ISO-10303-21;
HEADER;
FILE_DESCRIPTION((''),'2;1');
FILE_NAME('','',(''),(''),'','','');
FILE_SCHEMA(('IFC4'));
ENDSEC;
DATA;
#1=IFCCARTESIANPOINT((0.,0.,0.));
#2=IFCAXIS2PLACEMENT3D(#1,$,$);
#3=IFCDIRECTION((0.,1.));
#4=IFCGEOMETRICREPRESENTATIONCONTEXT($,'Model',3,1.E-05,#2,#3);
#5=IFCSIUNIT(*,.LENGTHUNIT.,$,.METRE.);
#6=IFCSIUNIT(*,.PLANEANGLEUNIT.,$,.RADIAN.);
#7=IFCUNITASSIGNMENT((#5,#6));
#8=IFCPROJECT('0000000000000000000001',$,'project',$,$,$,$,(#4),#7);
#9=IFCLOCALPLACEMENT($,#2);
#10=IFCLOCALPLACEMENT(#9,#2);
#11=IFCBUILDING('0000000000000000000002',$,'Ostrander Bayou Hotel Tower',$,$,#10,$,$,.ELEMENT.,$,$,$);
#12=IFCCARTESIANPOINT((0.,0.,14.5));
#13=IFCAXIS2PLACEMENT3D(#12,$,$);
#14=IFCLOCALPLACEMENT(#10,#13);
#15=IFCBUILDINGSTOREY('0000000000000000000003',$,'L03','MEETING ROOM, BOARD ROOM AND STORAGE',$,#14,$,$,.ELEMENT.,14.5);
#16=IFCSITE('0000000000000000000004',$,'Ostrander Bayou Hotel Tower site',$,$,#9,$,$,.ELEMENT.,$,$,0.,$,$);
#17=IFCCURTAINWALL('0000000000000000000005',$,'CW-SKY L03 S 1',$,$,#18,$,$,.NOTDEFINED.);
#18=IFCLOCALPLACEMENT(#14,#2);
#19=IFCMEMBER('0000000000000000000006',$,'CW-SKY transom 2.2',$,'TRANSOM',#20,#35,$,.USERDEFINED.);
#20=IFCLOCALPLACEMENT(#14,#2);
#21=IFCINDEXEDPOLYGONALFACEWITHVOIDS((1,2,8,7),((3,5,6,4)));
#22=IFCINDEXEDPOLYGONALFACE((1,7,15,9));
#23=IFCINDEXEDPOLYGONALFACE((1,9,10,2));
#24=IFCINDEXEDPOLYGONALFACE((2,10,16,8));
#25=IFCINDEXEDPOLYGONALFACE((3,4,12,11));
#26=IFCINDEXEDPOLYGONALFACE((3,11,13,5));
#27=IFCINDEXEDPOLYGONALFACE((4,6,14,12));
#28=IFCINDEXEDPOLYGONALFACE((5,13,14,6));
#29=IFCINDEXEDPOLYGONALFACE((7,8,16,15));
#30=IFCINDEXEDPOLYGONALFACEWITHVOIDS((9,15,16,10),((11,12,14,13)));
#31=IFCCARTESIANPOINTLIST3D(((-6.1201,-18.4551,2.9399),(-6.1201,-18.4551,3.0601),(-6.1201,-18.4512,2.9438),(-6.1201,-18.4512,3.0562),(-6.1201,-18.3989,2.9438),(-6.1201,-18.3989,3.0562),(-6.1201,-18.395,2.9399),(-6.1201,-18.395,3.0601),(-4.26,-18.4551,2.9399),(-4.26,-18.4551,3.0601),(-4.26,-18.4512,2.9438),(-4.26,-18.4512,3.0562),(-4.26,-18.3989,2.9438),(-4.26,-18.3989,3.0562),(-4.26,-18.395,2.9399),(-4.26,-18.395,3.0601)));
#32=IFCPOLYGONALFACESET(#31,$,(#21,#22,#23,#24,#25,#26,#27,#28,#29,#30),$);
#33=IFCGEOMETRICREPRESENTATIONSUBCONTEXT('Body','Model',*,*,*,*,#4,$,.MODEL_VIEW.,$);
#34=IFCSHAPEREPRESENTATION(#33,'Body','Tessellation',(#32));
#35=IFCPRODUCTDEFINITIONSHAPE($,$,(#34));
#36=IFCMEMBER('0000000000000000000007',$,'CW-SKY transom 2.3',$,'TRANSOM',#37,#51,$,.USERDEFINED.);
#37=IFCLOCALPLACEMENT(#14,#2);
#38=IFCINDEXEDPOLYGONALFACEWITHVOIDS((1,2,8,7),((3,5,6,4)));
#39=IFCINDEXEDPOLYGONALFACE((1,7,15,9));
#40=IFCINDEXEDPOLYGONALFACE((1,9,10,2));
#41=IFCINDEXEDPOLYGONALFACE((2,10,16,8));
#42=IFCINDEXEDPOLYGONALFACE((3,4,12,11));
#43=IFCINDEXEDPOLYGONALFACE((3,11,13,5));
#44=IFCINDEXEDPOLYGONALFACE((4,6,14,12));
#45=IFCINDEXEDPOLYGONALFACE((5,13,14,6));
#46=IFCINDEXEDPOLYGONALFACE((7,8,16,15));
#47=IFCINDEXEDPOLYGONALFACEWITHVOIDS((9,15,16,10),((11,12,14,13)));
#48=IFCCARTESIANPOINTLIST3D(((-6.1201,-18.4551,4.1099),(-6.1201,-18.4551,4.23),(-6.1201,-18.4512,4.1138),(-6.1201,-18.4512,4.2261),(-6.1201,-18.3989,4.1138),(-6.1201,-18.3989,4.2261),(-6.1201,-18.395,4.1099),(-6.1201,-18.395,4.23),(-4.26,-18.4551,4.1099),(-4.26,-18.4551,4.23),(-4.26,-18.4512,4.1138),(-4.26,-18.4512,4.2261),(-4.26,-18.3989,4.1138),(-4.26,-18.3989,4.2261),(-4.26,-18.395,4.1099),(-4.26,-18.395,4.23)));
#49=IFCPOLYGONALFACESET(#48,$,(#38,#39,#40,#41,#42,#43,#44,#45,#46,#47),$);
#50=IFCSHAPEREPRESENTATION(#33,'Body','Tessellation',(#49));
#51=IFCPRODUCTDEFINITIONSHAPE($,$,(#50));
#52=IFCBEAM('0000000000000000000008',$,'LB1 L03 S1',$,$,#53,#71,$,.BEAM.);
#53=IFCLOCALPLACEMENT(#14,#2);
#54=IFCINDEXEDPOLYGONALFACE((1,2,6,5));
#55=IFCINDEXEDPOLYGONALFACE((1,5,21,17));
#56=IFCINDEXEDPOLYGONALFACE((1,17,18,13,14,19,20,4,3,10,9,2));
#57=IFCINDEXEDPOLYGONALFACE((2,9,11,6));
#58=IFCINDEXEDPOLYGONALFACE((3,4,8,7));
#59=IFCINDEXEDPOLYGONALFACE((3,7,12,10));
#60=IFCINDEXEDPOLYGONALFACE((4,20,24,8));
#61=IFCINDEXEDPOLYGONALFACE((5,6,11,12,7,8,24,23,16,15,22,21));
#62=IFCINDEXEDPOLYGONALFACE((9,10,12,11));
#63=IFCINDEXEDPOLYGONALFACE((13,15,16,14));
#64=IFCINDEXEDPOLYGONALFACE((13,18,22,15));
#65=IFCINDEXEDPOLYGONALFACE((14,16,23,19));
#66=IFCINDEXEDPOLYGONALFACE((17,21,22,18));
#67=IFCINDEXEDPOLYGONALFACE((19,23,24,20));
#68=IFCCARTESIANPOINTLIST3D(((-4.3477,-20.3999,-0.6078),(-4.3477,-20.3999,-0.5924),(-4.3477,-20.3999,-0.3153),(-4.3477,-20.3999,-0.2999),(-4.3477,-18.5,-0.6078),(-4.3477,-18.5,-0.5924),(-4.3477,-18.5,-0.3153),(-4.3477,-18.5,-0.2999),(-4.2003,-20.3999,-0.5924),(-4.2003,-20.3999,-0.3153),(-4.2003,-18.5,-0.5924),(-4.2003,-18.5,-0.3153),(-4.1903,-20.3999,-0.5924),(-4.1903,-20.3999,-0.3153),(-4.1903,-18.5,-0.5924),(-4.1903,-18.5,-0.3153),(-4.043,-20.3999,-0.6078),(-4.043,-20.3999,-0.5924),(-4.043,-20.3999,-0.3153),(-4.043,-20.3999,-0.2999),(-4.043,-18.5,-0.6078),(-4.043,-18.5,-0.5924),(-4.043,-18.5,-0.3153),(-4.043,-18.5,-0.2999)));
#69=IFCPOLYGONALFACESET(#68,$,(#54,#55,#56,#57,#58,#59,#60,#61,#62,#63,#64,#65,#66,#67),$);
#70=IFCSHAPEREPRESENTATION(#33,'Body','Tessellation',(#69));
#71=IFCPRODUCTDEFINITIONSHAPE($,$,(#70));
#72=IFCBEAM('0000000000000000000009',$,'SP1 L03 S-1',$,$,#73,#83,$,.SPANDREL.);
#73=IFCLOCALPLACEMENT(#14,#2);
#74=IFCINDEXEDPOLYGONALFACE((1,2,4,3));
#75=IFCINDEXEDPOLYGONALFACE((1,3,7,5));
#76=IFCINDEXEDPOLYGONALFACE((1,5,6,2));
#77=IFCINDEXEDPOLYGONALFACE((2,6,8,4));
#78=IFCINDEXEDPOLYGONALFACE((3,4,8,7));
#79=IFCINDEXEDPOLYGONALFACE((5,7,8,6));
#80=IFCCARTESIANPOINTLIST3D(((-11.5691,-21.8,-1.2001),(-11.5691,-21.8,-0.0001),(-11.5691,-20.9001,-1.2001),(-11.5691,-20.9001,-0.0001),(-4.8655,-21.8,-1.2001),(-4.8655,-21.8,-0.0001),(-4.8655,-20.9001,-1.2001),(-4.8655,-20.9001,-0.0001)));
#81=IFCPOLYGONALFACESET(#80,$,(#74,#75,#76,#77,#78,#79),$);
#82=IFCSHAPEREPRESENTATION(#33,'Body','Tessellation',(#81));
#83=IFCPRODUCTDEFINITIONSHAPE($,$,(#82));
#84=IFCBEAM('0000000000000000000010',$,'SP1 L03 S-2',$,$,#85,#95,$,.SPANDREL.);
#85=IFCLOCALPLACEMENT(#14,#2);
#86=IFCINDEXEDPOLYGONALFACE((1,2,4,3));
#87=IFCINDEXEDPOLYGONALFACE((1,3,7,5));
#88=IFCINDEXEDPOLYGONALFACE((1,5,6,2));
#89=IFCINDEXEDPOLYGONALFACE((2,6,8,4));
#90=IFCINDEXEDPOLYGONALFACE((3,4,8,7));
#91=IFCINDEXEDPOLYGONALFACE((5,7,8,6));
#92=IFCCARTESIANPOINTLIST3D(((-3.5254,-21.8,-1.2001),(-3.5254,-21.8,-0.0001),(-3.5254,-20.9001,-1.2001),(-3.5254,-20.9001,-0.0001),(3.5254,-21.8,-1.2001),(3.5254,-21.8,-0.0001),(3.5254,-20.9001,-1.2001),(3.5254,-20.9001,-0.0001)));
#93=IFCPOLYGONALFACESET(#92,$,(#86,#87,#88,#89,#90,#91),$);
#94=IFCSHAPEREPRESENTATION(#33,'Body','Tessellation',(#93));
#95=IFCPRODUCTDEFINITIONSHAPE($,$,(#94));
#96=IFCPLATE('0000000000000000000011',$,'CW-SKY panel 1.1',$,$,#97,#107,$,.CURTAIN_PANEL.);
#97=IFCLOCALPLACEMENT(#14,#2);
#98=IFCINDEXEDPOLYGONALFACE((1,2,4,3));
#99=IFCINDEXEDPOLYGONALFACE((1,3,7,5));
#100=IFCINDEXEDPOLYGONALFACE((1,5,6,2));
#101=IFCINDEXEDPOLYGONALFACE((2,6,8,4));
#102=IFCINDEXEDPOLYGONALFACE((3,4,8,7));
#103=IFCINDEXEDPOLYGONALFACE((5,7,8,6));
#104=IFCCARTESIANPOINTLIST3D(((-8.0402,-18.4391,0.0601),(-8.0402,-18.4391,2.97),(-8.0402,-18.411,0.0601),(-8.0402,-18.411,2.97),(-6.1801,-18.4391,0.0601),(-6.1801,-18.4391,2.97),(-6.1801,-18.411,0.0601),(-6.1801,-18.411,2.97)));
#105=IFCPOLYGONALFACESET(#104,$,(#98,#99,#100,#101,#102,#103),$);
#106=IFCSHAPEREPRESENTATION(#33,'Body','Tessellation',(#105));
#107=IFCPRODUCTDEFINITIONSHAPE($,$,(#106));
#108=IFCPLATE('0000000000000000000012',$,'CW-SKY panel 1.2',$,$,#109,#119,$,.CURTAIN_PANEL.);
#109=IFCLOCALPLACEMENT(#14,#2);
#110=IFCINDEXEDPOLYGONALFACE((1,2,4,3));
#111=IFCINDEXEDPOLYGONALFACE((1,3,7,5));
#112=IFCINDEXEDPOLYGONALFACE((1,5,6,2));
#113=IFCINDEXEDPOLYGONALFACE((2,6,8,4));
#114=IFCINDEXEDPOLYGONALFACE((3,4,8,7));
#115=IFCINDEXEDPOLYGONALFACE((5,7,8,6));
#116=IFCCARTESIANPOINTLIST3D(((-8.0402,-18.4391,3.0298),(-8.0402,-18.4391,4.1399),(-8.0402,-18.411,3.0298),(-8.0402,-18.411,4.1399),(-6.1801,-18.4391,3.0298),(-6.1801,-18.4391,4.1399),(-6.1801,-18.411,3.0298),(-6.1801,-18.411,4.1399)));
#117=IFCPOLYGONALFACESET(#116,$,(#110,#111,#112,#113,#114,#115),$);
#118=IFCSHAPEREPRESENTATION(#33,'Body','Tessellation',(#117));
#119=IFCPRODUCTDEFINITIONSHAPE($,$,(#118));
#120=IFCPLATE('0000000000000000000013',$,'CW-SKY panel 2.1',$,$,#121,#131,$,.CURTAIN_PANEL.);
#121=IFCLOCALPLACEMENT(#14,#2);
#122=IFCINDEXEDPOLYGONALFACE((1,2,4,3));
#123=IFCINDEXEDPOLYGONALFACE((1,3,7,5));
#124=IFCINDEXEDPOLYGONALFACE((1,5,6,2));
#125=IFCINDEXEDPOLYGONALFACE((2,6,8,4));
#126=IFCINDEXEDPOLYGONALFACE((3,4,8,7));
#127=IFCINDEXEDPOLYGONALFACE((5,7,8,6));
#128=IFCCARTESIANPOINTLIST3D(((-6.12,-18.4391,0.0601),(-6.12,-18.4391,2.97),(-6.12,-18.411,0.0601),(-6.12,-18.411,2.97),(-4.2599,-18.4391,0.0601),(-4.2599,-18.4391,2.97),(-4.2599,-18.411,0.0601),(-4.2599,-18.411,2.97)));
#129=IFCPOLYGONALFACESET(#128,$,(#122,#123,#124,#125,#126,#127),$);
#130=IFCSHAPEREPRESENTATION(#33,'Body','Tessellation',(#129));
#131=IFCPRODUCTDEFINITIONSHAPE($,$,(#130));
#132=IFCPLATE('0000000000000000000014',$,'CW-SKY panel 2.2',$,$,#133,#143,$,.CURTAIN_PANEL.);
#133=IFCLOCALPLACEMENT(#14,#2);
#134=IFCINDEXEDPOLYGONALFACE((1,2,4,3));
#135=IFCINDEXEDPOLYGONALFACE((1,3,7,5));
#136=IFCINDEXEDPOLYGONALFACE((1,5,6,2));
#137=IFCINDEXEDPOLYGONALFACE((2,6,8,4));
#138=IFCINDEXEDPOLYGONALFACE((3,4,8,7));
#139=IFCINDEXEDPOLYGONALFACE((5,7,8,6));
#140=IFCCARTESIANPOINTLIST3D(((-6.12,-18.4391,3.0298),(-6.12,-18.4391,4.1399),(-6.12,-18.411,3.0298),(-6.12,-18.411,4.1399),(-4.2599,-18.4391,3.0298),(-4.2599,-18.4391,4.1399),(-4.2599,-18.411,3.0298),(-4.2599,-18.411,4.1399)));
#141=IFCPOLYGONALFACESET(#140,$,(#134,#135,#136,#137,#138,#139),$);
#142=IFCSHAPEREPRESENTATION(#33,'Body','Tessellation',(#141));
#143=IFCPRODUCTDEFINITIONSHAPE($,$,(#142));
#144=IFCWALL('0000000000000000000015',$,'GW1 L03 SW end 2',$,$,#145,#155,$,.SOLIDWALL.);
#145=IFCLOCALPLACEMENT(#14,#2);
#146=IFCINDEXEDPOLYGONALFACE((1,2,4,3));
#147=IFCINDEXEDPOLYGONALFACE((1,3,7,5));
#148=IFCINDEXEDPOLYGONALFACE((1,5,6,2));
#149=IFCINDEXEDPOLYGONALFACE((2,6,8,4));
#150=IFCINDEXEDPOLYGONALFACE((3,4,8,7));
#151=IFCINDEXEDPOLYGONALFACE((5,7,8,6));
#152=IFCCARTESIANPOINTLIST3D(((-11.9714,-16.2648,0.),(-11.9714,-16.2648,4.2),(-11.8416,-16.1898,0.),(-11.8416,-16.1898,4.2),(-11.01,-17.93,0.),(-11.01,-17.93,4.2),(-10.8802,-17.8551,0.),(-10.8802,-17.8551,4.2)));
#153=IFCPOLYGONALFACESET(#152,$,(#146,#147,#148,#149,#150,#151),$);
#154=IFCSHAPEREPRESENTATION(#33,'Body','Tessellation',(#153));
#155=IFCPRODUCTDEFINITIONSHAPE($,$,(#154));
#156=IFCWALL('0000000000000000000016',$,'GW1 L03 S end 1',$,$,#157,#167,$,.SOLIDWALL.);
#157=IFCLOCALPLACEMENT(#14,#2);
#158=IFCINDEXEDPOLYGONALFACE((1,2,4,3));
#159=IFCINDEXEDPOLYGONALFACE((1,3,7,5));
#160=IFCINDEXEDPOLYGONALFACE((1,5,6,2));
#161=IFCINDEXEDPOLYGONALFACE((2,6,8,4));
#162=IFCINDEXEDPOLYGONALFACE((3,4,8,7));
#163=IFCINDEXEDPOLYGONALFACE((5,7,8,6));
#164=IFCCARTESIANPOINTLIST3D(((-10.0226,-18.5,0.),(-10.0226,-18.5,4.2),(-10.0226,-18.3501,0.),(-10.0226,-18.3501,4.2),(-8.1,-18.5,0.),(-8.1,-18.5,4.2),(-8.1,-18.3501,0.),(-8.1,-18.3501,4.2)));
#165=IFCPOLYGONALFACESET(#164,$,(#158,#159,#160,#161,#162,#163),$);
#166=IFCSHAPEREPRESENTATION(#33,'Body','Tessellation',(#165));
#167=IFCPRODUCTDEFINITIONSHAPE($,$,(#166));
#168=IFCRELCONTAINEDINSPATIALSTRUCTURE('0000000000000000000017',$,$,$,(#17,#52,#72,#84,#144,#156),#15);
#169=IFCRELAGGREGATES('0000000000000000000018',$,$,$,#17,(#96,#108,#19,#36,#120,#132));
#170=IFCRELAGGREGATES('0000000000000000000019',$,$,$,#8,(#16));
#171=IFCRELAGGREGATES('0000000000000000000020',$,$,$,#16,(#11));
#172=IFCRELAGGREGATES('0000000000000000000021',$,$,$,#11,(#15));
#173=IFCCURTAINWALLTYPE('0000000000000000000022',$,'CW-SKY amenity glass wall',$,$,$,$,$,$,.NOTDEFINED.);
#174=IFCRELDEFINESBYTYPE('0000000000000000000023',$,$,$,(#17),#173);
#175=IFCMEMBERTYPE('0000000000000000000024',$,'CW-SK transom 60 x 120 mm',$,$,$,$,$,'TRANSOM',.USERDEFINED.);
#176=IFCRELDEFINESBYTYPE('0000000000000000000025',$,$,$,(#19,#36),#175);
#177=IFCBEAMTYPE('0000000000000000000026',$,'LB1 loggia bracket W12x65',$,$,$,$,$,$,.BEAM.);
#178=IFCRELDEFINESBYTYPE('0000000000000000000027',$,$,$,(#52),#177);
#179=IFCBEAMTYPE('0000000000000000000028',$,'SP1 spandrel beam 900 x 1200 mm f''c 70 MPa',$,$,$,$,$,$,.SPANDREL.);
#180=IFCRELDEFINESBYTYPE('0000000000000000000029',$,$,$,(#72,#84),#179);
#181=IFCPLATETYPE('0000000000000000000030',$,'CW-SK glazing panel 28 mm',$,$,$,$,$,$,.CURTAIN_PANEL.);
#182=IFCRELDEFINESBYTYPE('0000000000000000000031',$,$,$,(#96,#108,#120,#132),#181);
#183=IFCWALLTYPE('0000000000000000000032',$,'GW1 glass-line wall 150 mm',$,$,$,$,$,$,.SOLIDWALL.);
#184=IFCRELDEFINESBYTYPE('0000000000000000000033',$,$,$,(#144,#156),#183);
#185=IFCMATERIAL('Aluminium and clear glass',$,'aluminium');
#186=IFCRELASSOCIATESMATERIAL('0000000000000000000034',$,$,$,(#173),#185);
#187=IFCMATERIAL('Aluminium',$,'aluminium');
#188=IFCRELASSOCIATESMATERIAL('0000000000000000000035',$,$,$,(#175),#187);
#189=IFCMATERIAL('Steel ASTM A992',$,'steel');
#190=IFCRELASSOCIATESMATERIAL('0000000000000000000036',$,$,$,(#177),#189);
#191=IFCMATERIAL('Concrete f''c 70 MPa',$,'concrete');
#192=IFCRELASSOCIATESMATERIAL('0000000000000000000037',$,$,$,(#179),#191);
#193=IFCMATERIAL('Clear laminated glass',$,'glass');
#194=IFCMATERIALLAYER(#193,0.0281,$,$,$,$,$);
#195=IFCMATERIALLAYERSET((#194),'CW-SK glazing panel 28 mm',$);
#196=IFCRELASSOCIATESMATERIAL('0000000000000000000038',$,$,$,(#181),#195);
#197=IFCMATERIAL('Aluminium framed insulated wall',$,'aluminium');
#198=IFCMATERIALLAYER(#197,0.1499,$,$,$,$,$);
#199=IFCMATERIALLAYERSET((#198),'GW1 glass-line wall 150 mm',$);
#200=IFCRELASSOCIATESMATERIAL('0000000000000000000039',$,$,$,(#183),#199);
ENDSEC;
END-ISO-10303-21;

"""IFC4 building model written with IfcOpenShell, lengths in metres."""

from ifc_helpers import new_model, si_unit, direction, frame, frame_2d, origin, origin_2d, place, context, subcontext, project, spatial, rectangle, hollow_rectangle, i_section, extrude, material, layer, layer_set, material_profile, profile_set, type_object, element, aggregate, save


model = new_model("IFC4")

# Units and contexts
model_context = context("Model", 3, precision=1e-05, world=origin(), true_north=direction((0.0, 1.0)))
body_context = subcontext(model_context, "Body", "Model", "MODEL_VIEW")
ifc_project = project(units=[si_unit("LENGTHUNIT", "METRE"), si_unit("PLANEANGLEUNIT", "RADIAN")], contexts=[model_context])

# Site, building, storey
site_placement = place(None, origin())
site = spatial("IfcSite", under=ifc_project, at=site_placement, Name="Ostrander Bayou Hotel Tower site", CompositionType="ELEMENT", RefElevation=0.0)
building_placement = place(site_placement, origin())
building = spatial("IfcBuilding", under=site, at=building_placement, Name="Ostrander Bayou Hotel Tower", CompositionType="ELEMENT")
storey_placement = place(building_placement, frame((0.0, 0.0, 14.5)))
storey = spatial("IfcBuildingStorey", under=building, at=storey_placement, Name="L03", Description="MEETING ROOM, BOARD ROOM AND STORAGE", CompositionType="ELEMENT", Elevation=14.5)

# Curtain wall, members
ifc_material_1 = material(Name="Aluminium and clear glass", Category="aluminium")
curtain_wall_type = type_object("IfcCurtainWallType", Name="CW-SKY amenity glass wall", PredefinedType="NOTDEFINED", material=ifc_material_1)
curtain_wall_placement = place(storey_placement, origin())
curtain_wall = element("IfcCurtainWall", 1, at=curtain_wall_placement, inside=storey, type_object=curtain_wall_type, Name="CW-SKY L03 S 1", PredefinedType="NOTDEFINED")
ifc_material_2 = material(Name="Aluminium", Category="aluminium")
ifc_material_profile_1 = material_profile(ifc_material_2, hollow_rectangle(XDim=0.0601, YDim=0.1201, WallThickness=0.0039, at=origin_2d()))
ifc_profile_set_1 = profile_set([ifc_material_profile_1], Name="Aluminium")
member_type_1 = type_object("IfcMemberType", Name="CW-SK transom 60 x 120 mm", ElementType="TRANSOM", PredefinedType="USERDEFINED", material=ifc_profile_set_1)
member_1_placement = place(storey_placement, frame((-6.1201, -18.425, 3.0), z_axis=(1.0, 0.0, 0.0), x_axis=(0.0, 1.0, 0.0)))
member_1 = element("IfcMember", 2, at=member_1_placement, type_object=member_type_1, Name="CW-SKY transom 2.2", ObjectType="TRANSOM", PredefinedType="USERDEFINED", context=body_context, shape_type="SweptSolid", body=[
    extrude(hollow_rectangle(XDim=0.0601, YDim=0.1201, WallThickness=0.0039, at=origin_2d()), origin(), (0.0, 0.0, 1.0), 1.8601),
])
member_2_placement = place(storey_placement, frame((-6.1201, -18.425, 4.1699), z_axis=(1.0, 0.0, 0.0), x_axis=(0.0, 1.0, 0.0)))
member_2 = element("IfcMember", 3, at=member_2_placement, type_object=member_type_1, Name="CW-SKY transom 2.3", ObjectType="TRANSOM", PredefinedType="USERDEFINED", context=body_context, shape_type="SweptSolid", body=[
    extrude(hollow_rectangle(XDim=0.0601, YDim=0.1201, WallThickness=0.0039, at=origin_2d()), origin(), (0.0, 0.0, 1.0), 1.8601),
])

# Beams
ifc_material_3 = material(Name="Steel ASTM A992", Category="steel")
ifc_material_profile_2 = material_profile(ifc_material_3, i_section(OverallWidth=0.3047, OverallDepth=0.3079, WebThickness=0.01, FlangeThickness=0.0154, at=origin_2d()))
ifc_profile_set_2 = profile_set([ifc_material_profile_2], Name="Steel ASTM A992")
beam_type_1 = type_object("IfcBeamType", Name="LB1 loggia bracket W12x65", PredefinedType="BEAM", material=ifc_profile_set_2)
beam_1_placement = place(storey_placement, frame((-4.1953, -20.3999, -0.4539), z_axis=(0.0, 1.0, 0.0), x_axis=(-1.0, 0.0, 0.0)))
element("IfcBeam", 4, at=beam_1_placement, inside=storey, type_object=beam_type_1, Name="LB1 L03 S1", PredefinedType="BEAM", context=body_context, shape_type="SweptSolid", body=[
    extrude(i_section(OverallWidth=0.3047, OverallDepth=0.3079, WebThickness=0.01, FlangeThickness=0.0154, at=origin_2d()), origin(), (0.0, 0.0, 1.0), 1.8999),
])
ifc_material_4 = material(Name="Concrete f'c 70 MPa", Category="concrete")
ifc_material_profile_3 = material_profile(ifc_material_4, rectangle(XDim=0.8999, YDim=1.2, at=origin_2d()))
ifc_profile_set_3 = profile_set([ifc_material_profile_3], Name="Concrete f'c 70 MPa")
beam_type_2 = type_object("IfcBeamType", Name="SP1 spandrel beam 900 x 1200 mm f'c 70 MPa", PredefinedType="SPANDREL", material=ifc_profile_set_3)
beam_2_placement = place(storey_placement, frame((-11.5691, -21.3501, -0.6001), z_axis=(1.0, 0.0, 0.0), x_axis=(0.0, 1.0, 0.0)))
element("IfcBeam", 5, at=beam_2_placement, inside=storey, type_object=beam_type_2, Name="SP1 L03 S-1", PredefinedType="SPANDREL", context=body_context, shape_type="SweptSolid", body=[
    extrude(rectangle(XDim=0.8999, YDim=1.2, at=origin_2d()), origin(), (0.0, 0.0, 1.0), 6.7036),
])
beam_3_placement = place(storey_placement, frame((-3.5254, -21.3501, -0.6001), z_axis=(1.0, 0.0, 0.0), x_axis=(0.0, 1.0, 0.0)))
element("IfcBeam", 6, at=beam_3_placement, inside=storey, type_object=beam_type_2, Name="SP1 L03 S-2", PredefinedType="SPANDREL", context=body_context, shape_type="SweptSolid", body=[
    extrude(rectangle(XDim=0.8999, YDim=1.2, at=origin_2d()), origin(), (0.0, 0.0, 1.0), 7.0508),
])

# Plates
ifc_material_5 = material(Name="Clear laminated glass", Category="glass")
ifc_layer_1 = layer(ifc_material_5, 0.0281)
ifc_layer_set_1 = layer_set([ifc_layer_1], Name="CW-SK glazing panel 28 mm")
plate_type = type_object("IfcPlateType", Name="CW-SK glazing panel 28 mm", PredefinedType="CURTAIN_PANEL", material=ifc_layer_set_1)
plate_1_placement = place(storey_placement, frame((-7.1101, -18.425, 0.0601), z_axis=(0.0, 0.0, 1.0), x_axis=(1.0, 0.0, 0.0)))
plate_1 = element("IfcPlate", 7, at=plate_1_placement, type_object=plate_type, Name="CW-SKY panel 1.1", PredefinedType="CURTAIN_PANEL", context=body_context, shape_type="SweptSolid", body=[
    extrude(rectangle(XDim=1.8601, YDim=0.0281, at=origin_2d()), origin(), (0.0, 0.0, 1.0), 2.9099),
])
plate_2_placement = place(storey_placement, frame((-7.1101, -18.425, 3.0298), z_axis=(0.0, 0.0, 1.0), x_axis=(1.0, 0.0, 0.0)))
plate_2 = element("IfcPlate", 8, at=plate_2_placement, type_object=plate_type, Name="CW-SKY panel 1.2", PredefinedType="CURTAIN_PANEL", context=body_context, shape_type="SweptSolid", body=[
    extrude(rectangle(XDim=1.8601, YDim=0.0281, at=origin_2d()), origin(), (0.0, 0.0, 1.0), 1.1101),
])
plate_3_placement = place(storey_placement, frame((-5.1899, -18.425, 0.0601), z_axis=(0.0, 0.0, 1.0), x_axis=(1.0, 0.0, 0.0)))
plate_3 = element("IfcPlate", 9, at=plate_3_placement, type_object=plate_type, Name="CW-SKY panel 2.1", PredefinedType="CURTAIN_PANEL", context=body_context, shape_type="SweptSolid", body=[
    extrude(rectangle(XDim=1.8601, YDim=0.0281, at=origin_2d()), origin(), (0.0, 0.0, 1.0), 2.9099),
])
plate_4_placement = place(storey_placement, frame((-5.1899, -18.425, 3.0298), z_axis=(0.0, 0.0, 1.0), x_axis=(1.0, 0.0, 0.0)))
plate_4 = element("IfcPlate", 10, at=plate_4_placement, type_object=plate_type, Name="CW-SKY panel 2.2", PredefinedType="CURTAIN_PANEL", context=body_context, shape_type="SweptSolid", body=[
    extrude(rectangle(XDim=1.8601, YDim=0.0281, at=origin_2d()), origin(), (0.0, 0.0, 1.0), 1.1101),
])
aggregate(curtain_wall, [plate_1, plate_2, member_1, member_2, plate_3, plate_4])

# Wall
ifc_material_6 = material(Name="Aluminium framed insulated wall", Category="aluminium")
ifc_layer_2 = layer(ifc_material_6, 0.1499)
ifc_layer_set_2 = layer_set([ifc_layer_2], Name="GW1 glass-line wall 150 mm")
wall_type_1 = type_object("IfcWallType", Name="GW1 glass-line wall 150 mm", PredefinedType="SOLIDWALL", material=ifc_layer_set_2)
wall_1_placement = place(storey_placement, frame((-11.9065, -16.2273, 0.0), z_axis=(0.0, 0.0, 1.0), x_axis=(0.49999, -0.866031, 0.0)))
element("IfcWall", 11, at=wall_1_placement, inside=storey, type_object=wall_type_1, Name="GW1 L03 SW end 2", PredefinedType="SOLIDWALL", context=body_context, shape_type="SweptSolid", body=[
    extrude(rectangle(XDim=1.9229, YDim=0.1499, at=frame_2d((0.9614, 0.0))), origin(), (0.0, 0.0, 1.0), 4.2),
])

# Wall
wall_2_placement = place(storey_placement, frame((-10.0227, -18.425, 0.0), z_axis=(0.0, 0.0, 1.0), x_axis=(1.0, 0.0, 0.0)))
element("IfcWall", 12, at=wall_2_placement, inside=storey, type_object=wall_type_1, Name="GW1 L03 S end 1", PredefinedType="SOLIDWALL", context=body_context, shape_type="SweptSolid", body=[
    extrude(rectangle(XDim=1.9226, YDim=0.1499, at=frame_2d((0.9614, 0.0))), origin(), (0.0, 0.0, 1.0), 4.2),
])

save(model, "model.ifc")
